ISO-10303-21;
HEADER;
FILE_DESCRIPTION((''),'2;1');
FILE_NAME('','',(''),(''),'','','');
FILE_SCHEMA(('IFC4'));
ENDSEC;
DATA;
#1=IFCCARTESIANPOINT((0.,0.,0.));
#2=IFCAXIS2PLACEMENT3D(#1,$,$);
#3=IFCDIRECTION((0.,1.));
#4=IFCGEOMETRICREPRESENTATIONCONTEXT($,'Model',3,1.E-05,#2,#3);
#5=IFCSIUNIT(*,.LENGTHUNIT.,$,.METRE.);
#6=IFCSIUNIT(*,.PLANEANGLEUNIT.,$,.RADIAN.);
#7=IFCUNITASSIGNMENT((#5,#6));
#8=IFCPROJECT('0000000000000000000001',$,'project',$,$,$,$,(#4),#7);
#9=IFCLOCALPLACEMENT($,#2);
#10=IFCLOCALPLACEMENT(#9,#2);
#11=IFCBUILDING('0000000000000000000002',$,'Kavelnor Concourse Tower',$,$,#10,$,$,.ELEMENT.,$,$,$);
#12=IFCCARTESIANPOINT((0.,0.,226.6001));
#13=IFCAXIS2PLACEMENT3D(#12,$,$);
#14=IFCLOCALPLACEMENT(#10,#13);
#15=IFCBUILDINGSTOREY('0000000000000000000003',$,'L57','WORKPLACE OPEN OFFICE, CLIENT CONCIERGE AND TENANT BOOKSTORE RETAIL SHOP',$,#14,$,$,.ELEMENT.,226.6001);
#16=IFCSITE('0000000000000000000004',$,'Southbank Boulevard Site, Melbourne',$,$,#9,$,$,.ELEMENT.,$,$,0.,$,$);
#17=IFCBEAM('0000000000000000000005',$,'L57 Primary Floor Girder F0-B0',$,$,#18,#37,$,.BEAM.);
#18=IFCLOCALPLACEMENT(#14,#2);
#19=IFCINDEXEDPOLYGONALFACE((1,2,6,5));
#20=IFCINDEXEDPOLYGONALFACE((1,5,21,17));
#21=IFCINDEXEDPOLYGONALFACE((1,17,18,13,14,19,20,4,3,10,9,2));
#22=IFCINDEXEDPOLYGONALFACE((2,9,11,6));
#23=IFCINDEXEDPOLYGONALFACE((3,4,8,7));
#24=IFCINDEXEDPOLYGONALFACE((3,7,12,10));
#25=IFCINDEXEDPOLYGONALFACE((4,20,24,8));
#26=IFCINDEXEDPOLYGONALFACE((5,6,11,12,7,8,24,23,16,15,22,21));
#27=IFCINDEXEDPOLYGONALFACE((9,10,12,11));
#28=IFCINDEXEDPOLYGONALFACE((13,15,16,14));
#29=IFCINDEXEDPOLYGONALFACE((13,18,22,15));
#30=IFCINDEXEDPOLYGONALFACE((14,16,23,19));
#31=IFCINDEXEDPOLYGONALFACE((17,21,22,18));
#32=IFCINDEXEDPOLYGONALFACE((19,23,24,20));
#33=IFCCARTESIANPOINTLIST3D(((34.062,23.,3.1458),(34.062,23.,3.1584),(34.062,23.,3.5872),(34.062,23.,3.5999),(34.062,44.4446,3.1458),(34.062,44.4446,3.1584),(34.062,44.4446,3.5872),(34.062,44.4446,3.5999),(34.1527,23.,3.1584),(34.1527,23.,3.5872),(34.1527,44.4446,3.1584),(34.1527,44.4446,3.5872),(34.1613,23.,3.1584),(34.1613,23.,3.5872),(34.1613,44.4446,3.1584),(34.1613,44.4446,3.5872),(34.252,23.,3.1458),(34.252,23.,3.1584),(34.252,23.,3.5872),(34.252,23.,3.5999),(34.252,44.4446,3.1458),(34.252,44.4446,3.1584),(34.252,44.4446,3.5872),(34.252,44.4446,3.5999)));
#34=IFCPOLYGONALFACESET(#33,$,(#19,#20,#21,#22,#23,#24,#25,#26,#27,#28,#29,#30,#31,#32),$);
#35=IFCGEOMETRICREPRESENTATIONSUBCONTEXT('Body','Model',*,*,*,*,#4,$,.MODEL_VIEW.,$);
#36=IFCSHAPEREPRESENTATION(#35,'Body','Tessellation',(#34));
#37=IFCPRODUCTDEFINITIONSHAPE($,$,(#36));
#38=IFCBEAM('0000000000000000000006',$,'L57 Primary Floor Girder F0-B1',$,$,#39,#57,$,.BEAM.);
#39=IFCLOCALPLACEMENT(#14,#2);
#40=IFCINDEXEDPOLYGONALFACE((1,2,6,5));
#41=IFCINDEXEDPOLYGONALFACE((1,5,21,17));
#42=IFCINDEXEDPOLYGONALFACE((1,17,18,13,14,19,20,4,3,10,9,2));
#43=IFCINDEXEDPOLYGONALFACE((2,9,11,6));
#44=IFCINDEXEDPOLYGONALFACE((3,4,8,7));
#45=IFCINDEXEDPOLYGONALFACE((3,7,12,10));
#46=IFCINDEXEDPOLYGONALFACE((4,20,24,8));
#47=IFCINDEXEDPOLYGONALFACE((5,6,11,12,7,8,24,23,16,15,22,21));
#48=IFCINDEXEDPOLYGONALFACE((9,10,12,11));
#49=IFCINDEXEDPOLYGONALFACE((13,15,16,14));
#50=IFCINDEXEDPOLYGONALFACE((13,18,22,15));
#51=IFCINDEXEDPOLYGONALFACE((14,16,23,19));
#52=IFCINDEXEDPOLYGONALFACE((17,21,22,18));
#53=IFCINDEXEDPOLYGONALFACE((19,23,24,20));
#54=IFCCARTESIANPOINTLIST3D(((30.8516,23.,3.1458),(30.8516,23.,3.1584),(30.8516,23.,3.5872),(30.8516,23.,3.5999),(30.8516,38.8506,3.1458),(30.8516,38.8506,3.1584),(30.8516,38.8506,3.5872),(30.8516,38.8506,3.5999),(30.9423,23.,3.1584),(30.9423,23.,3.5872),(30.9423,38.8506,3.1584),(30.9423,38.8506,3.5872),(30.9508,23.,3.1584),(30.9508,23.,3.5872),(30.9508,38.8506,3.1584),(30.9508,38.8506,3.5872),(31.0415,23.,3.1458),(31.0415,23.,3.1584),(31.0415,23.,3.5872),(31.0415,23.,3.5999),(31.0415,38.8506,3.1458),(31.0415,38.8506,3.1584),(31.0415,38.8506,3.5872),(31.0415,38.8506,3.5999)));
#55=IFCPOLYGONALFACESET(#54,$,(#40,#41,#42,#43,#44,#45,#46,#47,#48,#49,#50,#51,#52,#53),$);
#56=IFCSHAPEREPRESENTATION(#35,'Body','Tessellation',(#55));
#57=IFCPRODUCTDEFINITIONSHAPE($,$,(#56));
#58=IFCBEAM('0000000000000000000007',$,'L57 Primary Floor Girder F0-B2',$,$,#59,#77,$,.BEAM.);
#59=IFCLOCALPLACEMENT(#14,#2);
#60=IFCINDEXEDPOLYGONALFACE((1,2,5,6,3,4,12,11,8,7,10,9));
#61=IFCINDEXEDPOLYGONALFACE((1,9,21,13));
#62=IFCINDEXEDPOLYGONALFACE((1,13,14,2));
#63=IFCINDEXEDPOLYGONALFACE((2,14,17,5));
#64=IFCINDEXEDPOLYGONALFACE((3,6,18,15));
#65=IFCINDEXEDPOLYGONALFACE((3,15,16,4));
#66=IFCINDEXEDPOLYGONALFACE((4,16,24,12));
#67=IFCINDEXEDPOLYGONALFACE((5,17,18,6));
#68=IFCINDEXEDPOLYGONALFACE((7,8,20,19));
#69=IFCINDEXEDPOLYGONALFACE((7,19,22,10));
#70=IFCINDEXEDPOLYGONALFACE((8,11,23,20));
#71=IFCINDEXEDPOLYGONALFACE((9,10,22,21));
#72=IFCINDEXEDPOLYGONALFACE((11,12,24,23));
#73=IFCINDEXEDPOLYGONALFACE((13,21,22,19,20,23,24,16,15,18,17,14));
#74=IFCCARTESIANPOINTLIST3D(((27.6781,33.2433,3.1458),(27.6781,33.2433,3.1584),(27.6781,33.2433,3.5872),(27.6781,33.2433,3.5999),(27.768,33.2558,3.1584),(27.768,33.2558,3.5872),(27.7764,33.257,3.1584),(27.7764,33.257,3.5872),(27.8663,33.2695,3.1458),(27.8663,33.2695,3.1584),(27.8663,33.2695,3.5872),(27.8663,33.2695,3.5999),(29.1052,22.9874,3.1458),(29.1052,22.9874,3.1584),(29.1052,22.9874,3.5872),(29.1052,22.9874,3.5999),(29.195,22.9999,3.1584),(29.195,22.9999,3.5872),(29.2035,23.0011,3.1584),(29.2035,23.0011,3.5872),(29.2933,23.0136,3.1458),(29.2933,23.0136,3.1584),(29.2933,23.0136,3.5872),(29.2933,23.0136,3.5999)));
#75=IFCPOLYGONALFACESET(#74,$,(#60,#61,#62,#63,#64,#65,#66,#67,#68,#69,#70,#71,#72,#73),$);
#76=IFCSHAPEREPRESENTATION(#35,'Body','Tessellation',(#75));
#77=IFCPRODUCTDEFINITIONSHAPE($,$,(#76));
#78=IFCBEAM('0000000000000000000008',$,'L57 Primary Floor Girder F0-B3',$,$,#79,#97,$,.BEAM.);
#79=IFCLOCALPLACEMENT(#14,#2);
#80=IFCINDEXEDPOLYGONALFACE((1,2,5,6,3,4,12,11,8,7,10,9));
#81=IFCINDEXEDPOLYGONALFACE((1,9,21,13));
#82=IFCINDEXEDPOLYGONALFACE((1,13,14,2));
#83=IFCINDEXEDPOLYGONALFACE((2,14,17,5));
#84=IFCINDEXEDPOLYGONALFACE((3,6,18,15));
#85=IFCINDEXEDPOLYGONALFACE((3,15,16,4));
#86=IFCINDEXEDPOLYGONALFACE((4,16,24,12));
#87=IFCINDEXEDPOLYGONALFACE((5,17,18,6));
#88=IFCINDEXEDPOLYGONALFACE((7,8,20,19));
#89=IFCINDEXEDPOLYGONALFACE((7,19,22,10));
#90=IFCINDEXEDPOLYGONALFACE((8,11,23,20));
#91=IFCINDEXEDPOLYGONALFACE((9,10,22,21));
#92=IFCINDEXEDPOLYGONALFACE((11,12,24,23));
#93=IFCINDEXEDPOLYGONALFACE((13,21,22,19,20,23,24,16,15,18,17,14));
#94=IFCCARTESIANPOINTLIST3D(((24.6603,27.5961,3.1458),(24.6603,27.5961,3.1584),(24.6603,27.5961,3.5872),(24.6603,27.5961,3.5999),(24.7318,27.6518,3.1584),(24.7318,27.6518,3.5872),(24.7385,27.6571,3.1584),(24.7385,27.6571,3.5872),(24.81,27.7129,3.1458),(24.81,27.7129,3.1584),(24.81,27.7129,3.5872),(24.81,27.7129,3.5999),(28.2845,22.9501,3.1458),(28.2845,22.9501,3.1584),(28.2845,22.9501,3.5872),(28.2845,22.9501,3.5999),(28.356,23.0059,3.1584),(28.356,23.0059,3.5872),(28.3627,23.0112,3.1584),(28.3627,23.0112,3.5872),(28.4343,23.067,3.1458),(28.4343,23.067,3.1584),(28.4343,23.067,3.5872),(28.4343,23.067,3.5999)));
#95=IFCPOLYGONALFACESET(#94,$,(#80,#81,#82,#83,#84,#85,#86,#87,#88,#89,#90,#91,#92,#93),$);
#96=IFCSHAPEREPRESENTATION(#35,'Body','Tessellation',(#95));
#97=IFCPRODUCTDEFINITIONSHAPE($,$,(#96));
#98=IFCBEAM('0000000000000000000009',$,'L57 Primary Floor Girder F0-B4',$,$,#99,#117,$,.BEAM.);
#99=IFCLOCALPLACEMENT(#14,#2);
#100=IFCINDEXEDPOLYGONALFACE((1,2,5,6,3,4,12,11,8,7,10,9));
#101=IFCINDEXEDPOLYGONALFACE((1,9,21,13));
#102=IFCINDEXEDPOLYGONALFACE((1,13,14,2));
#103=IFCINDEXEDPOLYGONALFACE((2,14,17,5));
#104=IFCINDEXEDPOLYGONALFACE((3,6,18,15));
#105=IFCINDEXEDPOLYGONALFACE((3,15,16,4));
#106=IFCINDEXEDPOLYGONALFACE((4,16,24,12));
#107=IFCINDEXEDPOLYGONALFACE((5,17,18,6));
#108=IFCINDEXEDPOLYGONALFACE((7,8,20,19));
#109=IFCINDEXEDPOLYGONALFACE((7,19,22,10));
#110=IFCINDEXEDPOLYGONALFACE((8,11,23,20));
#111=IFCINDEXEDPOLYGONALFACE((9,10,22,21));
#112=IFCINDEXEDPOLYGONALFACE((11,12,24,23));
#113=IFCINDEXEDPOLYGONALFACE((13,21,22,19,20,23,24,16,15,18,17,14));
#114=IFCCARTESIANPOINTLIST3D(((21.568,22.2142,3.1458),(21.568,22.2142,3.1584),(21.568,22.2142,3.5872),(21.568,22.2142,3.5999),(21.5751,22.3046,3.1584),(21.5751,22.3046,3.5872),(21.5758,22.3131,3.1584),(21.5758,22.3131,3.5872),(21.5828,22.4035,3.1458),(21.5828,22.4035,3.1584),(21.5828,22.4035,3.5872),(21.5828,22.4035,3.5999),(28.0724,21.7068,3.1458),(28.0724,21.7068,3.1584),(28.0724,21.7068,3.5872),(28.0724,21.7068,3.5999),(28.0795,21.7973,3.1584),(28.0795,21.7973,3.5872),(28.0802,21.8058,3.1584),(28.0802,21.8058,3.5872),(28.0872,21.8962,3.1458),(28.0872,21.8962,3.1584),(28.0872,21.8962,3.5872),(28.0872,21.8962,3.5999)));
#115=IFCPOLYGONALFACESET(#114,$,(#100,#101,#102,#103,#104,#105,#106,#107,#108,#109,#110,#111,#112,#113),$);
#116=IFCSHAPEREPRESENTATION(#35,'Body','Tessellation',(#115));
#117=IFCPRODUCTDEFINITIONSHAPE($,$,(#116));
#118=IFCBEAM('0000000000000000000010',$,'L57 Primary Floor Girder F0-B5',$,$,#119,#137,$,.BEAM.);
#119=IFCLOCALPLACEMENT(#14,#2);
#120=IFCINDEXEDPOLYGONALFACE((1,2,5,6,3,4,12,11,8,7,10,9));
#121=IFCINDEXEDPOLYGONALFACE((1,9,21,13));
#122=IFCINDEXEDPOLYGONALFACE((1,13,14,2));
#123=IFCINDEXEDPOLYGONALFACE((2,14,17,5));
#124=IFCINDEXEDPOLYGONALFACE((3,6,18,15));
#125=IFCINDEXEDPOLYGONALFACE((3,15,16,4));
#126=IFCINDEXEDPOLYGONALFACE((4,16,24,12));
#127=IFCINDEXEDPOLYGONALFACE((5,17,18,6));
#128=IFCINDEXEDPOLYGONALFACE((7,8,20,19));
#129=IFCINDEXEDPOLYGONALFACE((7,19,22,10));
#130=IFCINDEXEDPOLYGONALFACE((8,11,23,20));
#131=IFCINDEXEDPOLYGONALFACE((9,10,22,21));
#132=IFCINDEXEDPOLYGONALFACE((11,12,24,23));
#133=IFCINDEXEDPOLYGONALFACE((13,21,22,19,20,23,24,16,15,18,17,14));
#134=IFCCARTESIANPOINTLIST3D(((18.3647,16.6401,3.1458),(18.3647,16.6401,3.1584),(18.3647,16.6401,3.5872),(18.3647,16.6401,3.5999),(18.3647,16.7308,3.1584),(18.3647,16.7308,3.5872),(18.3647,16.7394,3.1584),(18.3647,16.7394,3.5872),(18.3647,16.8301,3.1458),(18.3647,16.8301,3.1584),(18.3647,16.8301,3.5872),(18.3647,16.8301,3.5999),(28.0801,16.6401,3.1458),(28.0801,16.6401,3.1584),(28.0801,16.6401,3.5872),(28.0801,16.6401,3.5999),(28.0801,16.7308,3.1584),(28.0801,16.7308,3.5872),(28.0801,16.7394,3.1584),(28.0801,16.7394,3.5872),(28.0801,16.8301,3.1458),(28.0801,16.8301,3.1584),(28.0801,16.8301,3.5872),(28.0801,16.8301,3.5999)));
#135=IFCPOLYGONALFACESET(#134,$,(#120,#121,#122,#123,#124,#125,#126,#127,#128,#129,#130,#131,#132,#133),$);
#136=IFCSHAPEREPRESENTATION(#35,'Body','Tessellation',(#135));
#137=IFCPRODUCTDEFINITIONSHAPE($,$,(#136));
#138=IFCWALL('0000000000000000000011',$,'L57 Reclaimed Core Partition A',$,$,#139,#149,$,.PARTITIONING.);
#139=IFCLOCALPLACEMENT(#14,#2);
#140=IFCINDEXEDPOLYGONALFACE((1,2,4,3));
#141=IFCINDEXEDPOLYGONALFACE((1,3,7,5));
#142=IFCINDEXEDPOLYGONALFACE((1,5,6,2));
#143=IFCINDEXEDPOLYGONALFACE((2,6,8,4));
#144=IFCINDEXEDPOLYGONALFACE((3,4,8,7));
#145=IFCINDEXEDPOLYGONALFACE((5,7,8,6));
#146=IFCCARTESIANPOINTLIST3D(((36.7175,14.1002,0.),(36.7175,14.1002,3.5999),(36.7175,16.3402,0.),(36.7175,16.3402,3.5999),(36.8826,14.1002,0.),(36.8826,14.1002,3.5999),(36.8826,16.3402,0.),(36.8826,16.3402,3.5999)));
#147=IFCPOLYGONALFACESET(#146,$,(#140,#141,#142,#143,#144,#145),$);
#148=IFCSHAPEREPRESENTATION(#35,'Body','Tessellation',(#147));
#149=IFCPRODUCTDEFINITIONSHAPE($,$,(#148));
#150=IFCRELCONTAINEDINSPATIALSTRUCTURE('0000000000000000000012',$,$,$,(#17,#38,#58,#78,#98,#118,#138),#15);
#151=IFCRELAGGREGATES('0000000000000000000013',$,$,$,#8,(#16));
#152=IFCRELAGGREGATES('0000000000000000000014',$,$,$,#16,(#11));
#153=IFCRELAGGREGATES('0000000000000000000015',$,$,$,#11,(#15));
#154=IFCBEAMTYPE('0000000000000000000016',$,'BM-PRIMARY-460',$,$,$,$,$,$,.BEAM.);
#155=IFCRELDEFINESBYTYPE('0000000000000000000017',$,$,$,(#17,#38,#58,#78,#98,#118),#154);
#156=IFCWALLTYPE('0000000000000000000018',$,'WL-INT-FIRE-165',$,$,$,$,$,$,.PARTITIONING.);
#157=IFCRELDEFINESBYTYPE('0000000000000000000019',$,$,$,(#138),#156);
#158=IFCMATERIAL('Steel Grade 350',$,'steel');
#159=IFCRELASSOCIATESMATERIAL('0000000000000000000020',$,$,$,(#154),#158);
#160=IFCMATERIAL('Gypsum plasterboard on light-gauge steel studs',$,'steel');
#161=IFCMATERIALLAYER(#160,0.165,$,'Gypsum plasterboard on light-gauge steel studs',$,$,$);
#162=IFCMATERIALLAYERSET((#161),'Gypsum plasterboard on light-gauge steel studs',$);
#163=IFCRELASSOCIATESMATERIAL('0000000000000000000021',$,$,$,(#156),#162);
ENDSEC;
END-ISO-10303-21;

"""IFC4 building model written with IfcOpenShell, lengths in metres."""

from ifc_helpers import new_model, si_unit, direction, frame, frame_2d, origin, origin_2d, place, context, subcontext, project, spatial, rectangle, i_section, extrude, material, layer, layer_set, material_profile, profile_set, type_object, element, save


model = new_model("IFC4")

# Units and contexts
model_context = context("Model", 3, precision=1e-05, world=origin(), true_north=direction((0.0, 1.0)))
body_context = subcontext(model_context, "Body", "Model", "MODEL_VIEW")
ifc_project = project(units=[si_unit("LENGTHUNIT", "METRE"), si_unit("PLANEANGLEUNIT", "RADIAN")], contexts=[model_context])

# Site, building, storey
site_placement = place(None, origin())
site = spatial("IfcSite", under=ifc_project, at=site_placement, Name="Southbank Boulevard Site, Melbourne", CompositionType="ELEMENT", RefElevation=0.0)
building_placement = place(site_placement, origin())
building = spatial("IfcBuilding", under=site, at=building_placement, Name="Kavelnor Concourse Tower", CompositionType="ELEMENT")
storey_placement = place(building_placement, frame((0.0, 0.0, 226.6001)))
storey = spatial("IfcBuildingStorey", under=building, at=storey_placement, Name="L57", Description="WORKPLACE OPEN OFFICE, CLIENT CONCIERGE AND TENANT BOOKSTORE RETAIL SHOP", CompositionType="ELEMENT", Elevation=226.6001)

# Beams
ifc_material_1 = material(Name="Steel Grade 350", Category="steel")
ifc_material_profile = material_profile(ifc_material_1, i_section(OverallWidth=0.1899, OverallDepth=0.4541, WebThickness=0.0085, FlangeThickness=0.0127, at=origin_2d()), Name="460UB67")
ifc_profile_set = profile_set([ifc_material_profile], Name="Steel Grade 350")
beam_type = type_object("IfcBeamType", Name="BM-PRIMARY-460", PredefinedType="BEAM", material=ifc_profile_set)
beam_1_placement = place(storey_placement, frame((34.157, 23.0, 3.3728), z_axis=(0.0, 1.0, 0.0), x_axis=(-1.0, 0.0, 0.0)))
element("IfcBeam", 1, at=beam_1_placement, inside=storey, type_object=beam_type, Name="L57 Primary Floor Girder F0-B0", PredefinedType="BEAM", context=body_context, shape_type="SweptSolid", body=[
    extrude(i_section(OverallWidth=0.1899, OverallDepth=0.4541, WebThickness=0.0085, FlangeThickness=0.0127, at=origin_2d()), origin(), (0.0, 0.0, 1.0), 21.4446),
])
beam_2_placement = place(storey_placement, frame((30.9465, 23.0, 3.3728), z_axis=(0.0, 1.0, 0.0), x_axis=(-1.0, 0.0, 0.0)))
element("IfcBeam", 2, at=beam_2_placement, inside=storey, type_object=beam_type, Name="L57 Primary Floor Girder F0-B1", PredefinedType="BEAM", context=body_context, shape_type="SweptSolid", body=[
    extrude(i_section(OverallWidth=0.1899, OverallDepth=0.4541, WebThickness=0.0085, FlangeThickness=0.0127, at=origin_2d()), origin(), (0.0, 0.0, 1.0), 15.8506),
])
beam_3_placement = place(storey_placement, frame((29.1992, 23.0005, 3.3728), z_axis=(-0.137813, 0.990458, 0.0), x_axis=(-0.990458, -0.137813, 0.0)))
element("IfcBeam", 3, at=beam_3_placement, inside=storey, type_object=beam_type, Name="L57 Primary Floor Girder F0-B2", PredefinedType="BEAM", context=body_context, shape_type="SweptSolid", body=[
    extrude(i_section(OverallWidth=0.1899, OverallDepth=0.4541, WebThickness=0.0085, FlangeThickness=0.0127, at=origin_2d()), origin(), (0.0, 0.0, 1.0), 10.3547),
])
beam_4_placement = place(storey_placement, frame((28.3594, 23.0085, 3.3728), z_axis=(-0.615073, 0.78847, 0.0), x_axis=(-0.78847, -0.615073, 0.0)))
element("IfcBeam", 4, at=beam_4_placement, inside=storey, type_object=beam_type, Name="L57 Primary Floor Girder F0-B3", PredefinedType="BEAM", context=body_context, shape_type="SweptSolid", body=[
    extrude(i_section(OverallWidth=0.1899, OverallDepth=0.4541, WebThickness=0.0085, FlangeThickness=0.0127, at=origin_2d()), origin(), (0.0, 0.0, 1.0), 5.8923),
])
beam_5_placement = place(storey_placement, frame((28.0798, 21.8015, 3.3728), z_axis=(-0.996972, 0.077761, 0.0), x_axis=(-0.077761, -0.996972, 0.0)))
element("IfcBeam", 5, at=beam_5_placement, inside=storey, type_object=beam_type, Name="L57 Primary Floor Girder F0-B4", PredefinedType="BEAM", context=body_context, shape_type="SweptSolid", body=[
    extrude(i_section(OverallWidth=0.1899, OverallDepth=0.4541, WebThickness=0.0085, FlangeThickness=0.0127, at=origin_2d()), origin(), (0.0, 0.0, 1.0), 6.5242),
])
beam_6_placement = place(storey_placement, frame((28.0801, 16.7351, 3.3728), z_axis=(-1.0, 0.0, 0.0), x_axis=(0.0, -1.0, 0.0)))
element("IfcBeam", 6, at=beam_6_placement, inside=storey, type_object=beam_type, Name="L57 Primary Floor Girder F0-B5", PredefinedType="BEAM", context=body_context, shape_type="SweptSolid", body=[
    extrude(i_section(OverallWidth=0.1899, OverallDepth=0.4541, WebThickness=0.0085, FlangeThickness=0.0127, at=origin_2d()), origin(), (0.0, 0.0, 1.0), 9.7153),
])

# Wall
ifc_material_2 = material(Name="Gypsum plasterboard on light-gauge steel studs", Category="steel")
ifc_layer_1 = layer(ifc_material_2, 0.165, Name="Gypsum plasterboard on light-gauge steel studs")
ifc_layer_set_1 = layer_set([ifc_layer_1], Name="Gypsum plasterboard on light-gauge steel studs")
wall_type_1 = type_object("IfcWallType", Name="WL-INT-FIRE-165", PredefinedType="PARTITIONING", material=ifc_layer_set_1)
wall_1_placement = place(storey_placement, frame((36.8, 14.1001, 0.0), z_axis=(0.0, 0.0, 1.0), x_axis=(0.0, 1.0, 0.0)))
element("IfcWall", 7, at=wall_1_placement, inside=storey, type_object=wall_type_1, Name="L57 Reclaimed Core Partition A", PredefinedType="PARTITIONING", context=body_context, shape_type="SweptSolid", body=[
    extrude(rectangle(XDim=2.24, YDim=0.165, at=frame_2d((1.1201, 0.0))), origin(), (0.0, 0.0, 1.0), 3.5999),
])

save(model, "model.ifc")
